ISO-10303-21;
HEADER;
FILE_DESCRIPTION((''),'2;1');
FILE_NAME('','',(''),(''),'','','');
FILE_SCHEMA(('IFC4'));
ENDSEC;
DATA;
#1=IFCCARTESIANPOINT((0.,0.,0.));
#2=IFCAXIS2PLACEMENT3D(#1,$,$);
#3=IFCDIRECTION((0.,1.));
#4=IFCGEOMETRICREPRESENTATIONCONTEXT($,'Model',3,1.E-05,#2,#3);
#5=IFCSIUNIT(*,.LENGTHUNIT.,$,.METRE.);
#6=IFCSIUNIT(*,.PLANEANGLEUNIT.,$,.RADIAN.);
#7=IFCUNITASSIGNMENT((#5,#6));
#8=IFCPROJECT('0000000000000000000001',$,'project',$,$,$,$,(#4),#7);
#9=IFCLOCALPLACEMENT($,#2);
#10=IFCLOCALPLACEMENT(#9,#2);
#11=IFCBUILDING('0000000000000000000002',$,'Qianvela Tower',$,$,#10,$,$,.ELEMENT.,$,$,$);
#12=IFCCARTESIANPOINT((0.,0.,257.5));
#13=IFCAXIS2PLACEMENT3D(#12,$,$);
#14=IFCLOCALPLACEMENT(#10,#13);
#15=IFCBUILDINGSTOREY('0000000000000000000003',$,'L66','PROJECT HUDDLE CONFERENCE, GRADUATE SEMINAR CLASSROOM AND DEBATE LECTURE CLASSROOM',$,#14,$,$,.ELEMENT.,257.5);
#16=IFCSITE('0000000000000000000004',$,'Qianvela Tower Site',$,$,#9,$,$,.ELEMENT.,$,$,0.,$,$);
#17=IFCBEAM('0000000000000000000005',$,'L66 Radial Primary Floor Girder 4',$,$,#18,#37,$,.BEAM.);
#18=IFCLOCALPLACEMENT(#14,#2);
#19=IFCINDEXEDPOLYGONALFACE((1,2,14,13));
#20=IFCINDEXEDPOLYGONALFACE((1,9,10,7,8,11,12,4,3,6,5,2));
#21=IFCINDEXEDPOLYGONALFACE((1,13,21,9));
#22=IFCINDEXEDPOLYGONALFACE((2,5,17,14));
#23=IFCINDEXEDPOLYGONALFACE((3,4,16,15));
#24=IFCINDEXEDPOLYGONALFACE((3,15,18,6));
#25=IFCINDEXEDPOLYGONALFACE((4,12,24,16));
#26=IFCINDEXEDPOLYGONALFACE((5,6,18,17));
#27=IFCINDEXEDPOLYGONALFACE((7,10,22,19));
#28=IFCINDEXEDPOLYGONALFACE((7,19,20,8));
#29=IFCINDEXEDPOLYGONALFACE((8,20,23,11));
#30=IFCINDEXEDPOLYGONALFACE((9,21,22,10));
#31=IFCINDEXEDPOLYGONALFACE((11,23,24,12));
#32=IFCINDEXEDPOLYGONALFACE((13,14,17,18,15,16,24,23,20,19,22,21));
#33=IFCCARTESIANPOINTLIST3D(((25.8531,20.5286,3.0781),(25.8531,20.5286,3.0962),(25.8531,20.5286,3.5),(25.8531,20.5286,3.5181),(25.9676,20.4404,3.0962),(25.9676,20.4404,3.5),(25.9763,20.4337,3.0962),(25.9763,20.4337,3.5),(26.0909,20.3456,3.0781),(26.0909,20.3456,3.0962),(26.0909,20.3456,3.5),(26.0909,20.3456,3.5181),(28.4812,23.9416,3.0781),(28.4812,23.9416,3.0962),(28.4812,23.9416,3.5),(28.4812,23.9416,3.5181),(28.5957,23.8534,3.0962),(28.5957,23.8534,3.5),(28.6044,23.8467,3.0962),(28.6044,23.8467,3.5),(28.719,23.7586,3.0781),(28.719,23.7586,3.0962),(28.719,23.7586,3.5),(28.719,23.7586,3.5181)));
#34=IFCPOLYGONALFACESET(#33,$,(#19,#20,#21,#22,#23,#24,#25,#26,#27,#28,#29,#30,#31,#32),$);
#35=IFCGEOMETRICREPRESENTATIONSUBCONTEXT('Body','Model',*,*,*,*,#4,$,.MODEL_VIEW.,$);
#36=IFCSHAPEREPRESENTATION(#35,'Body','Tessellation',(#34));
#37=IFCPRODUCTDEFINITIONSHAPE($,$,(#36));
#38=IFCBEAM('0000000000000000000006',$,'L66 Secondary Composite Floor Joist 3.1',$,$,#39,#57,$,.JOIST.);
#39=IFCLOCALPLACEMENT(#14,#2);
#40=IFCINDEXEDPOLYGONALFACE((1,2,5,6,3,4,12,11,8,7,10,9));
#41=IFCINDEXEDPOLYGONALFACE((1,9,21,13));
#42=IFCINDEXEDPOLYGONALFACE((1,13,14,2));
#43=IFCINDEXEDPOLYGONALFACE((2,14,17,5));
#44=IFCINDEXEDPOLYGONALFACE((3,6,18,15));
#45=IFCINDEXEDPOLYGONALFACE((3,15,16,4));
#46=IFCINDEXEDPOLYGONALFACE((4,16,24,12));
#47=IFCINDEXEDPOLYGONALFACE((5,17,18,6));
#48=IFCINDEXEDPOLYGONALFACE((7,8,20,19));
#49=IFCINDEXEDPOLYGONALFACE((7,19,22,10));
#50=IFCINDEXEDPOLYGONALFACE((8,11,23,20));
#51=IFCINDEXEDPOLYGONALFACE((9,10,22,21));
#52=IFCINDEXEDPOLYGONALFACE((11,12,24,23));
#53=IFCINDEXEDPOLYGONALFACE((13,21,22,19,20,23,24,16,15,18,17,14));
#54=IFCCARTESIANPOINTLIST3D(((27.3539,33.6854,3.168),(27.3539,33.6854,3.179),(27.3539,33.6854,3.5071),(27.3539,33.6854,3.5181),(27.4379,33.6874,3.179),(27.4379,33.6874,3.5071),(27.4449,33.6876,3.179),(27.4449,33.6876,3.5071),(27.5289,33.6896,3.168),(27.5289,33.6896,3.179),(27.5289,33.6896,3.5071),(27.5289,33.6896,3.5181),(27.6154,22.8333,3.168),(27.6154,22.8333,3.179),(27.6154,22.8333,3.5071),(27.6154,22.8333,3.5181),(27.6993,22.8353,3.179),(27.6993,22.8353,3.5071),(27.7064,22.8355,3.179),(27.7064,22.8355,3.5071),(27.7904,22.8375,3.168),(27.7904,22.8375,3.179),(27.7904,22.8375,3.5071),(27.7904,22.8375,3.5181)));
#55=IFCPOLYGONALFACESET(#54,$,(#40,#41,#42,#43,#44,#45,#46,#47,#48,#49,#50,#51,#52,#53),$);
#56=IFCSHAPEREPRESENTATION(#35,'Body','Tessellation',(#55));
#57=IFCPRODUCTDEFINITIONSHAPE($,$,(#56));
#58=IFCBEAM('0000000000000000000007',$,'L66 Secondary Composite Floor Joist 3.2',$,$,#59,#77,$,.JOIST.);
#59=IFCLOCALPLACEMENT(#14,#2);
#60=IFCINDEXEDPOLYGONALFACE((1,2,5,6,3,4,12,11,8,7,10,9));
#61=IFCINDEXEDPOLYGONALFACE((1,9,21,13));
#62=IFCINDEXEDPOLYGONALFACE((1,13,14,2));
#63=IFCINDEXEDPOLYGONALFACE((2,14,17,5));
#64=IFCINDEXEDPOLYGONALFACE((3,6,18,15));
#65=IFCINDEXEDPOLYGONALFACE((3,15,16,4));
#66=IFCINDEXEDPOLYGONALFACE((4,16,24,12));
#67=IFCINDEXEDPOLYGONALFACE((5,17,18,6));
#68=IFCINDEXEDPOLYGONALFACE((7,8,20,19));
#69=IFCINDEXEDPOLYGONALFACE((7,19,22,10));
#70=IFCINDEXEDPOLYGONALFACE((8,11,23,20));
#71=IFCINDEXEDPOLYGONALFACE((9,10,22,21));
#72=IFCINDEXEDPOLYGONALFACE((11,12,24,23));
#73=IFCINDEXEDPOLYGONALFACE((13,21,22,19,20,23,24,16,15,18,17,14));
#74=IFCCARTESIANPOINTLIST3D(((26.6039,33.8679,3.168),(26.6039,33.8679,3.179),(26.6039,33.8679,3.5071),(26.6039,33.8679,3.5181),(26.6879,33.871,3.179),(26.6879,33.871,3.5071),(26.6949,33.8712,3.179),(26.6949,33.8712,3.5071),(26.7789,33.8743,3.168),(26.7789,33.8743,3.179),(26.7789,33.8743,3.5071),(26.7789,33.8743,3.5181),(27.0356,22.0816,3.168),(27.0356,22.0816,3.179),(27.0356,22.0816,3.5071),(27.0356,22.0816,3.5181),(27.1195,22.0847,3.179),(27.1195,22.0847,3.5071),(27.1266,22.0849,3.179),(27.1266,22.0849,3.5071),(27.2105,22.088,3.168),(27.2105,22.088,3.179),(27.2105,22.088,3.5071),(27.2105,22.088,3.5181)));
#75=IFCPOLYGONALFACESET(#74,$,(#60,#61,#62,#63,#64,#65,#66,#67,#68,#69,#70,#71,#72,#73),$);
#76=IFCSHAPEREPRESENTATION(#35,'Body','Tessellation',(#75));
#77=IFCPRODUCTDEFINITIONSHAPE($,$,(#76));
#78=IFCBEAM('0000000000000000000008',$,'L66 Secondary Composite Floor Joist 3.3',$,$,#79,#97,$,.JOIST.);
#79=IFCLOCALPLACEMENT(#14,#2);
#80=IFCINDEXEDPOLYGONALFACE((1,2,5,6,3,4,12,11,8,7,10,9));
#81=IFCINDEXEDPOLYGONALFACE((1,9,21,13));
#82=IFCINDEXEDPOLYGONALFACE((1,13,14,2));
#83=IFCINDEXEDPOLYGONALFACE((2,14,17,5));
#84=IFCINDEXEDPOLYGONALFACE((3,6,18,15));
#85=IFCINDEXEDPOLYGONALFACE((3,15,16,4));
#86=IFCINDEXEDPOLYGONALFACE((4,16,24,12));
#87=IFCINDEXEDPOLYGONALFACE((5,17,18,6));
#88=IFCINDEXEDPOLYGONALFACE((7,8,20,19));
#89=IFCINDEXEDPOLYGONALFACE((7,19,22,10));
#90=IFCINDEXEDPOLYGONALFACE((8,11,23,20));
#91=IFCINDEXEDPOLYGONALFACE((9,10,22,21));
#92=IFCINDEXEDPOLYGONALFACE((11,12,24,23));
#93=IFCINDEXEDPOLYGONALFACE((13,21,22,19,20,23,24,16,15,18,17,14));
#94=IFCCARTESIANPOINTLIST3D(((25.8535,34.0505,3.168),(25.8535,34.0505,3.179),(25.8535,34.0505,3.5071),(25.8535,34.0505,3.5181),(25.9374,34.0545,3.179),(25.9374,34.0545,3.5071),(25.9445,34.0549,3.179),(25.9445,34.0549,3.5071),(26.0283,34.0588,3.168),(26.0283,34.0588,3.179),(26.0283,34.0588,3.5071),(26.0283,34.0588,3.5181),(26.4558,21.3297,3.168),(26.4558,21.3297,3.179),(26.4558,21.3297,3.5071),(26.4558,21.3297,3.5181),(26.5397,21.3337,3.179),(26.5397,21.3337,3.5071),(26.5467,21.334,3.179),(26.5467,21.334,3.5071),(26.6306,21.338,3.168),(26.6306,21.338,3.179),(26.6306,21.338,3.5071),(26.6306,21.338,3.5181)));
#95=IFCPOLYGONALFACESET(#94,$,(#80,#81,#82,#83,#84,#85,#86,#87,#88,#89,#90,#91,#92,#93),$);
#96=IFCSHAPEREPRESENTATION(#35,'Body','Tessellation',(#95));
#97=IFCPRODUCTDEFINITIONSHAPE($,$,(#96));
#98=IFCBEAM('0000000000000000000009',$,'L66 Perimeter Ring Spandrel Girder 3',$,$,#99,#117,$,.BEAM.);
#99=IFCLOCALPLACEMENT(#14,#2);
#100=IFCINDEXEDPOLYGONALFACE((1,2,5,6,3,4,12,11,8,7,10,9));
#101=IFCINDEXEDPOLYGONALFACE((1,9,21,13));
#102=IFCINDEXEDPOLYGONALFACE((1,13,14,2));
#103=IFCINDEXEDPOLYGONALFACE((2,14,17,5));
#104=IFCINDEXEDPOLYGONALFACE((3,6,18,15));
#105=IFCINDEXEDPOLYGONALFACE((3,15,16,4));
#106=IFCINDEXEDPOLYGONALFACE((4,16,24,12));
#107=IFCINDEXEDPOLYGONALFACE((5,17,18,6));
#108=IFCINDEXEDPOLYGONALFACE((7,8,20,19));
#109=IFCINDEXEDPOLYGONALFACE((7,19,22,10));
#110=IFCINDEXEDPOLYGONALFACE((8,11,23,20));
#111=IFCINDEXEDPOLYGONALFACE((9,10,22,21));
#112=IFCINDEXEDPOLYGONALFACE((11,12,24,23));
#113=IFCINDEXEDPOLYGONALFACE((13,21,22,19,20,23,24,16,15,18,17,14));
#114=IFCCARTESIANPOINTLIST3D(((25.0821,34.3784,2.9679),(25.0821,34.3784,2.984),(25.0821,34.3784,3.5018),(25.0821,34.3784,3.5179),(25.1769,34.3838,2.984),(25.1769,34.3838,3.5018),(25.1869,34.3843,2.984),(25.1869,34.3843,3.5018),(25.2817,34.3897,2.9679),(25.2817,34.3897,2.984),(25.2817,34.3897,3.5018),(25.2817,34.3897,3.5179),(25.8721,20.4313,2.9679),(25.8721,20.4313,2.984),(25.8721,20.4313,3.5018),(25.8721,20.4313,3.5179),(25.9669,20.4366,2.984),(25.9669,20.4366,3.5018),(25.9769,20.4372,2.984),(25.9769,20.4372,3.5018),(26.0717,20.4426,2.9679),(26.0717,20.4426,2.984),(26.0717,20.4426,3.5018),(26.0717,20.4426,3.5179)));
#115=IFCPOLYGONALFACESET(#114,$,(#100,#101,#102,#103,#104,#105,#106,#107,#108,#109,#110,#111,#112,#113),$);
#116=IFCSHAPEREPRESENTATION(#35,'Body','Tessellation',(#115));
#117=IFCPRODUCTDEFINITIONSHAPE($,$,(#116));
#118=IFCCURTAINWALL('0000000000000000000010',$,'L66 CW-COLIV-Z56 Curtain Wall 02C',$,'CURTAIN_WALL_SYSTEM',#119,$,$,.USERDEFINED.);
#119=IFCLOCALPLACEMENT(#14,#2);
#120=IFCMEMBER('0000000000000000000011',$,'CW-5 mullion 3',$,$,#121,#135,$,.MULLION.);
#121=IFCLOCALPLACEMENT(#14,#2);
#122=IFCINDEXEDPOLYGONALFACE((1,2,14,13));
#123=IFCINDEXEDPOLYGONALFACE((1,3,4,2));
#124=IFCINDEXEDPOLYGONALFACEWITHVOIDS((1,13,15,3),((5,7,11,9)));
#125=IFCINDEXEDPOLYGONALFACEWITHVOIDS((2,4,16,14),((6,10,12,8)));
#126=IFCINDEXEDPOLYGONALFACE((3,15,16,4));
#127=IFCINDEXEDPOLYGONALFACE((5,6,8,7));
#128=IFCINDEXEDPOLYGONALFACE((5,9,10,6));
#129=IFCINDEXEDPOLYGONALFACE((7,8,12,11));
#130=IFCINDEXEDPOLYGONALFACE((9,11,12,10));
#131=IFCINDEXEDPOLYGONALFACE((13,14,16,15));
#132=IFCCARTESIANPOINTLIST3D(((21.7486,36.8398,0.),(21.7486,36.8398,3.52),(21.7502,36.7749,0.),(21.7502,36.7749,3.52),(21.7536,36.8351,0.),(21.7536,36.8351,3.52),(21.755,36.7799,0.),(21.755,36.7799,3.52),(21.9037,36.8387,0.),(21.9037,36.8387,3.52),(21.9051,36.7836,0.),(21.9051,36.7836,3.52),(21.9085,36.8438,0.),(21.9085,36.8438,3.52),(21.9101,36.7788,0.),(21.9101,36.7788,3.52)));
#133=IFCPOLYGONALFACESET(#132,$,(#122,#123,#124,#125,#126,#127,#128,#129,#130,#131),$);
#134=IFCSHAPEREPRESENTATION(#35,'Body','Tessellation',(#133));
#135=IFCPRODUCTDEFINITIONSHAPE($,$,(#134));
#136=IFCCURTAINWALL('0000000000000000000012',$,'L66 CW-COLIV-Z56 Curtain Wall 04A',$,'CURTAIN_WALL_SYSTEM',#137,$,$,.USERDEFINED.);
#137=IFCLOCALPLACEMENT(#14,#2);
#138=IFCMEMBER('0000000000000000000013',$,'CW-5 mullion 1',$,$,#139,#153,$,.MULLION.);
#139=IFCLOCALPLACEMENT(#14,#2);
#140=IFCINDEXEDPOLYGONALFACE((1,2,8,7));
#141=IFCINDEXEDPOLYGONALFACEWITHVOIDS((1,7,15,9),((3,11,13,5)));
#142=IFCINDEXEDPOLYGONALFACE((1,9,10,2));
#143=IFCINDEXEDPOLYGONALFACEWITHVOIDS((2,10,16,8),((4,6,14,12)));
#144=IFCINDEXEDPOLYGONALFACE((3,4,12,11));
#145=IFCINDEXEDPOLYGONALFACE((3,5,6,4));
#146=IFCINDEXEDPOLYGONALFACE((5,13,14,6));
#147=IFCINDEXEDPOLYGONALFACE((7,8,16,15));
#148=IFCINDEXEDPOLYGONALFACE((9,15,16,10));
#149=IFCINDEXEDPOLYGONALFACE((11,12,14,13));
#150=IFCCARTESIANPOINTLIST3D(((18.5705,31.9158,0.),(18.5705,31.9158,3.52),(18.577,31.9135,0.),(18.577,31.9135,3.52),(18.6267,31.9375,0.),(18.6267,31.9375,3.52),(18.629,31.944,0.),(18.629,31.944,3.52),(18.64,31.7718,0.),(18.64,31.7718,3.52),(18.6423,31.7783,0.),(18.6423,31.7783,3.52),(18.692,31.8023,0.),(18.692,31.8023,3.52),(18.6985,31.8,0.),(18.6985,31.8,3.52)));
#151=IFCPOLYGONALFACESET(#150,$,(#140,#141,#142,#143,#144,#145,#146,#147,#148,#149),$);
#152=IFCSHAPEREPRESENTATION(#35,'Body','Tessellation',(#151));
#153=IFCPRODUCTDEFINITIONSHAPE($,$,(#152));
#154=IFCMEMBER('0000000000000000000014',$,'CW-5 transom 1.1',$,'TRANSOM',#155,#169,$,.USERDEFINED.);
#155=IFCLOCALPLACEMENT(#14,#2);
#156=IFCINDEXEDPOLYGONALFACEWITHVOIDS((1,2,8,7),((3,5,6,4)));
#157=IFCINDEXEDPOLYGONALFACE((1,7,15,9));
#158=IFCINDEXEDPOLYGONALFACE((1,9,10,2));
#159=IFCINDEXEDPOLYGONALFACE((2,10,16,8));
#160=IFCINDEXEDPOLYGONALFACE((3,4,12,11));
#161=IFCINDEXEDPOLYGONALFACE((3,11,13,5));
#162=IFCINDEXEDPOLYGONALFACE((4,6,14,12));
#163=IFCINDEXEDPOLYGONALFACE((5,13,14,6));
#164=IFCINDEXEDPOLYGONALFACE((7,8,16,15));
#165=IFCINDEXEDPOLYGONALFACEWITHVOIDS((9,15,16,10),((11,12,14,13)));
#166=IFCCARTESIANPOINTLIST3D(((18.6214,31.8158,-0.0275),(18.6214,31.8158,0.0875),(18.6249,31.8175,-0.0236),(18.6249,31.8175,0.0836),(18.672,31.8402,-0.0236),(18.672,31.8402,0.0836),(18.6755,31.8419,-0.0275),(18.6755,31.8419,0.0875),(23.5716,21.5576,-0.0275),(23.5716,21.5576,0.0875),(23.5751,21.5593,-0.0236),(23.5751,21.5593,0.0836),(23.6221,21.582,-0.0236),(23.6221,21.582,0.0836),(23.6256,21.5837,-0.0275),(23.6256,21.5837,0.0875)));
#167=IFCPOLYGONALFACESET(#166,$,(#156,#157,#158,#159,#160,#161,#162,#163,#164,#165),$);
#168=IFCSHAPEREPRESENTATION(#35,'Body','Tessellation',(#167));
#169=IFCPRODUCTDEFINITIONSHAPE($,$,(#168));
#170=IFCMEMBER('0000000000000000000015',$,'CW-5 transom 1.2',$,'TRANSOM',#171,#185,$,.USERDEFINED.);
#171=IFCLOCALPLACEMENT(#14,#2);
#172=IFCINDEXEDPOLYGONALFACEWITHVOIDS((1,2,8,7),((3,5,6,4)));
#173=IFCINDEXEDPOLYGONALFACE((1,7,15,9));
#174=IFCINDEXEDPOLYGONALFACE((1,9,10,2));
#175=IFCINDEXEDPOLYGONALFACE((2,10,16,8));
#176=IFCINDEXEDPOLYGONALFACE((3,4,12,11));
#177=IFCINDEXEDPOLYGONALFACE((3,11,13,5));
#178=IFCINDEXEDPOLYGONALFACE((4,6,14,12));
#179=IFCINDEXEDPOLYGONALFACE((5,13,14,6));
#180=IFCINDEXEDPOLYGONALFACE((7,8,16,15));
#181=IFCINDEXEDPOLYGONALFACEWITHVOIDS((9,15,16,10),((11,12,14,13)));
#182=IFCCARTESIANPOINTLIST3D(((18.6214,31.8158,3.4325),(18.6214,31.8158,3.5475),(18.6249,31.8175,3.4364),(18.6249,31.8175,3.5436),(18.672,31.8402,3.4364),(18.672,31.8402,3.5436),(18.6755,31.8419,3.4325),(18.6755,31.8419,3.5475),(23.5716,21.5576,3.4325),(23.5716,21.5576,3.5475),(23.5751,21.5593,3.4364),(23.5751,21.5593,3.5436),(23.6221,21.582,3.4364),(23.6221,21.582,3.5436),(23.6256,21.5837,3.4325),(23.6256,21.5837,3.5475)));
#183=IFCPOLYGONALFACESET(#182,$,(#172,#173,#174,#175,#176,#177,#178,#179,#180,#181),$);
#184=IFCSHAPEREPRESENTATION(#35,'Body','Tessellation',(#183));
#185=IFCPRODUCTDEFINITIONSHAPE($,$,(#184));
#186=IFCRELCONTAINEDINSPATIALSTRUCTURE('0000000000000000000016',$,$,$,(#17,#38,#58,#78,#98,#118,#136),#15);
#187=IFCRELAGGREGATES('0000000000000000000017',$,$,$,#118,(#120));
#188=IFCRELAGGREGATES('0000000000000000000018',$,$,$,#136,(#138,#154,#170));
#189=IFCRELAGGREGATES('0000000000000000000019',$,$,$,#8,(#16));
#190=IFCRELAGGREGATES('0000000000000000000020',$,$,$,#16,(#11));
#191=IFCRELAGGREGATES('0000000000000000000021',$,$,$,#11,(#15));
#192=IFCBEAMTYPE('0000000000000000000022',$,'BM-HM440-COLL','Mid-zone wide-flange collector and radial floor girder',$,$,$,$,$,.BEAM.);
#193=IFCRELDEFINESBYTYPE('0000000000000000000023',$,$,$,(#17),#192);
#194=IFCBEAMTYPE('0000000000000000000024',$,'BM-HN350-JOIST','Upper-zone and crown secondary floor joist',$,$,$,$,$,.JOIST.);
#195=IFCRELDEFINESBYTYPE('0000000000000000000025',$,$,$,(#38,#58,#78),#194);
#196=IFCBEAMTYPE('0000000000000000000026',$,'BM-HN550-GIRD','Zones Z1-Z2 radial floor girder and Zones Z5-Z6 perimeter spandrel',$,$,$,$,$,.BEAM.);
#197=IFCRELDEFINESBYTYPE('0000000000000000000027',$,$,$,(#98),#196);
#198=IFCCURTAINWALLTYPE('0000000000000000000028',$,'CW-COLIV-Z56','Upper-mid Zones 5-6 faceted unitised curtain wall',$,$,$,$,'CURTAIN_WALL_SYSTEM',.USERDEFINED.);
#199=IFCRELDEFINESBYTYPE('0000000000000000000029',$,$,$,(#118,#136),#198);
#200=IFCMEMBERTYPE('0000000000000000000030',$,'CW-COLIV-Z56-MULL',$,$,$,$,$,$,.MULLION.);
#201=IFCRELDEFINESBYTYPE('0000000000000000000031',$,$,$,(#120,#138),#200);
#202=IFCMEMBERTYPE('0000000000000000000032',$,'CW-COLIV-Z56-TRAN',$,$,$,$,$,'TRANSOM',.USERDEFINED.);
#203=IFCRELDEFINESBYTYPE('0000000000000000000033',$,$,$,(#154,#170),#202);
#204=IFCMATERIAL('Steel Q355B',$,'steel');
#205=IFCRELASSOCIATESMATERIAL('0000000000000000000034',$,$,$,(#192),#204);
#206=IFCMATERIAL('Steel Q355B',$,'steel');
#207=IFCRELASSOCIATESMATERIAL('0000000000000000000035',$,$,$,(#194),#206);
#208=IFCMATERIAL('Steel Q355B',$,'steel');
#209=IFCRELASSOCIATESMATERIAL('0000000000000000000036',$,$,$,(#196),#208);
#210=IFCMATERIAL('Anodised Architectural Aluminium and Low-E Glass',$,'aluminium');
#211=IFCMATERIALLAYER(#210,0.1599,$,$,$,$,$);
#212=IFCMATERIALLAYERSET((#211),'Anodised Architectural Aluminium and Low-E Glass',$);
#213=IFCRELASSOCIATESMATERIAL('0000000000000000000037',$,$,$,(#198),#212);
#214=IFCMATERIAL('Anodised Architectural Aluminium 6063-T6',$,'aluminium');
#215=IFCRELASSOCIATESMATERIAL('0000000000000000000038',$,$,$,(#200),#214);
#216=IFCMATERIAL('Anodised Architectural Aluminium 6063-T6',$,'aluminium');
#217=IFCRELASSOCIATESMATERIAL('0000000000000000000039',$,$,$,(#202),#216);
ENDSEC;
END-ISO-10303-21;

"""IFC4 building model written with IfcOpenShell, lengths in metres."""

from ifc_helpers import new_model, si_unit, direction, frame, origin, origin_2d, place, context, subcontext, project, spatial, hollow_rectangle, i_section, extrude, material, layer, layer_set, material_profile, profile_set, type_object, element, aggregate, save


model = new_model("IFC4")

# Units and contexts
model_context = context("Model", 3, precision=1e-05, world=origin(), true_north=direction((0.0, 1.0)))
body_context = subcontext(model_context, "Body", "Model", "MODEL_VIEW")
ifc_project = project(units=[si_unit("LENGTHUNIT", "METRE"), si_unit("PLANEANGLEUNIT", "RADIAN")], contexts=[model_context])

# Site, building, storey
site_placement = place(None, origin())
site = spatial("IfcSite", under=ifc_project, at=site_placement, Name="Qianvela Tower Site", CompositionType="ELEMENT", RefElevation=0.0)
building_placement = place(site_placement, origin())
building = spatial("IfcBuilding", under=site, at=building_placement, Name="Qianvela Tower", CompositionType="ELEMENT")
storey_placement = place(building_placement, frame((0.0, 0.0, 257.5)))
storey = spatial("IfcBuildingStorey", under=building, at=storey_placement, Name="L66", Description="PROJECT HUDDLE CONFERENCE, GRADUATE SEMINAR CLASSROOM AND DEBATE LECTURE CLASSROOM", CompositionType="ELEMENT", Elevation=257.5)

# Beams
ifc_material_1 = material(Name="Steel Q355B", Category="steel")
ifc_material_profile_1 = material_profile(ifc_material_1, i_section(OverallWidth=0.3, OverallDepth=0.4399, WebThickness=0.011, FlangeThickness=0.0181, at=origin_2d()), Name="HM440x300x11x18")
ifc_profile_set_1 = profile_set([ifc_material_profile_1], Name="Steel Q355B")
beam_type_1 = type_object("IfcBeamType", Name="BM-HM440-COLL", Description="Mid-zone wide-flange collector and radial floor girder", PredefinedType="BEAM", material=ifc_profile_set_1)
beam_1_placement = place(storey_placement, frame((28.6001, 23.8501, 3.2981), z_axis=(-0.610108, -0.792318, 0.0), x_axis=(0.792318, -0.610108, 0.0)))
element("IfcBeam", 1, at=beam_1_placement, inside=storey, type_object=beam_type_1, Name="L66 Radial Primary Floor Girder 4", PredefinedType="BEAM", context=body_context, shape_type="SweptSolid", body=[
    extrude(i_section(OverallWidth=0.3, OverallDepth=0.4399, WebThickness=0.011, FlangeThickness=0.0181, at=origin_2d()), origin(), (0.0, 0.0, 1.0), 4.3076),
])
ifc_material_2 = material(Name="Steel Q355B", Category="steel")
ifc_material_profile_2 = material_profile(ifc_material_2, i_section(OverallWidth=0.175, OverallDepth=0.3501, WebThickness=0.0071, FlangeThickness=0.011, at=origin_2d()), Name="HN350x175x7x11")
ifc_profile_set_2 = profile_set([ifc_material_profile_2], Name="Steel Q355B")
beam_type_2 = type_object("IfcBeamType", Name="BM-HN350-JOIST", Description="Upper-zone and crown secondary floor joist", PredefinedType="JOIST", material=ifc_profile_set_2)
beam_2_placement = place(storey_placement, frame((27.4414, 33.6875, 3.343), z_axis=(0.024087, -0.99971, 0.0), x_axis=(0.99971, 0.024087, 0.0)))
element("IfcBeam", 2, at=beam_2_placement, inside=storey, type_object=beam_type_2, Name="L66 Secondary Composite Floor Joist 3.1", PredefinedType="JOIST", context=body_context, shape_type="SweptSolid", body=[
    extrude(i_section(OverallWidth=0.175, OverallDepth=0.3501, WebThickness=0.0071, FlangeThickness=0.011, at=origin_2d()), origin(), (0.0, 0.0, 1.0), 10.8552),
])
beam_3_placement = place(storey_placement, frame((26.6914, 33.8711, 3.343), z_axis=(0.036597, -0.99933, 0.0), x_axis=(0.99933, 0.036597, 0.0)))
element("IfcBeam", 3, at=beam_3_placement, inside=storey, type_object=beam_type_2, Name="L66 Secondary Composite Floor Joist 3.2", PredefinedType="JOIST", context=body_context, shape_type="SweptSolid", body=[
    extrude(i_section(OverallWidth=0.175, OverallDepth=0.3501, WebThickness=0.0071, FlangeThickness=0.011, at=origin_2d()), origin(), (0.0, 0.0, 1.0), 11.7942),
])
beam_4_placement = place(storey_placement, frame((25.9409, 34.0547, 3.343), z_axis=(0.047294, -0.998881, 0.0), x_axis=(0.998881, 0.047294, 0.0)))
element("IfcBeam", 4, at=beam_4_placement, inside=storey, type_object=beam_type_2, Name="L66 Secondary Composite Floor Joist 3.3", PredefinedType="JOIST", context=body_context, shape_type="SweptSolid", body=[
    extrude(i_section(OverallWidth=0.175, OverallDepth=0.3501, WebThickness=0.0071, FlangeThickness=0.011, at=origin_2d()), origin(), (0.0, 0.0, 1.0), 12.7351),
])
ifc_material_3 = material(Name="Steel Q355B", Category="steel")
ifc_material_profile_3 = material_profile(ifc_material_3, i_section(OverallWidth=0.2, OverallDepth=0.55, WebThickness=0.01, FlangeThickness=0.0161, at=origin_2d()), Name="HN550x200x10x16")
ifc_profile_set_3 = profile_set([ifc_material_profile_3], Name="Steel Q355B")
beam_type_3 = type_object("IfcBeamType", Name="BM-HN550-GIRD", Description="Zones Z1-Z2 radial floor girder and Zones Z5-Z6 perimeter spandrel", PredefinedType="BEAM", material=ifc_profile_set_3)
beam_5_placement = place(storey_placement, frame((25.1819, 34.384, 3.2429), z_axis=(0.056555, -0.998399, 0.0), x_axis=(0.998399, 0.056555, 0.0)))
element("IfcBeam", 5, at=beam_5_placement, inside=storey, type_object=beam_type_3, Name="L66 Perimeter Ring Spandrel Girder 3", PredefinedType="BEAM", context=body_context, shape_type="SweptSolid", body=[
    extrude(i_section(OverallWidth=0.2, OverallDepth=0.55, WebThickness=0.01, FlangeThickness=0.0161, at=origin_2d()), origin(), (0.0, 0.0, 1.0), 13.9695),
])

# Curtain wall, member
ifc_material_4 = material(Name="Anodised Architectural Aluminium and Low-E Glass", Category="aluminium")
ifc_layer_1 = layer(ifc_material_4, 0.1599)
ifc_layer_set_1 = layer_set([ifc_layer_1], Name="Anodised Architectural Aluminium and Low-E Glass")
curtain_wall_type = type_object("IfcCurtainWallType", Name="CW-COLIV-Z56", Description="Upper-mid Zones 5-6 faceted unitised curtain wall", ElementType="CURTAIN_WALL_SYSTEM", PredefinedType="USERDEFINED", material=ifc_layer_set_1)
curtain_wall_1_placement = place(storey_placement, origin())
curtain_wall_1 = element("IfcCurtainWall", 6, at=curtain_wall_1_placement, inside=storey, type_object=curtain_wall_type, Name="L66 CW-COLIV-Z56 Curtain Wall 02C", ObjectType="CURTAIN_WALL_SYSTEM", PredefinedType="USERDEFINED")
ifc_material_5 = material(Name="Anodised Architectural Aluminium 6063-T6", Category="aluminium")
ifc_material_profile_4 = material_profile(ifc_material_5, hollow_rectangle(XDim=0.0649, YDim=0.1599, WallThickness=0.0049, at=origin_2d()), Name="ALU-MULL-65x160")
ifc_profile_set_4 = profile_set([ifc_material_profile_4], Name="Anodised Architectural Aluminium 6063-T6")
member_type_1 = type_object("IfcMemberType", Name="CW-COLIV-Z56-MULL", PredefinedType="MULLION", material=ifc_profile_set_4)
member_1_placement = place(storey_placement, frame((21.8293, 36.8093, 0.0), z_axis=(0.0, 0.0, 1.0), x_axis=(0.024558, -0.999698, 0.0)))
member_1 = element("IfcMember", 7, at=member_1_placement, type_object=member_type_1, Name="CW-5 mullion 3", PredefinedType="MULLION", context=body_context, shape_type="SweptSolid", body=[
    extrude(hollow_rectangle(XDim=0.0649, YDim=0.1599, WallThickness=0.0049, at=origin_2d()), origin(), (0.0, 0.0, 1.0), 3.52),
])

# Curtain wall, members
curtain_wall_2_placement = place(storey_placement, origin())
curtain_wall_2 = element("IfcCurtainWall", 8, at=curtain_wall_2_placement, inside=storey, type_object=curtain_wall_type, Name="L66 CW-COLIV-Z56 Curtain Wall 04A", ObjectType="CURTAIN_WALL_SYSTEM", PredefinedType="USERDEFINED")
member_2_placement = place(storey_placement, frame((18.6345, 31.8579, 0.0), z_axis=(0.0, 0.0, 1.0), x_axis=(0.90062, 0.434607, 0.0)))
member_2 = element("IfcMember", 9, at=member_2_placement, type_object=member_type_1, Name="CW-5 mullion 1", PredefinedType="MULLION", context=body_context, shape_type="SweptSolid", body=[
    extrude(hollow_rectangle(XDim=0.0649, YDim=0.1599, WallThickness=0.0049, at=origin_2d()), origin(), (0.0, 0.0, 1.0), 3.52),
])
ifc_material_6 = material(Name="Anodised Architectural Aluminium 6063-T6", Category="aluminium")
ifc_material_profile_5 = material_profile(ifc_material_6, hollow_rectangle(XDim=0.0601, YDim=0.115, WallThickness=0.0039, at=origin_2d()), Name="ALU-TRAN-60x115")
ifc_profile_set_5 = profile_set([ifc_material_profile_5], Name="Anodised Architectural Aluminium 6063-T6")
member_type_2 = type_object("IfcMemberType", Name="CW-COLIV-Z56-TRAN", ElementType="TRANSOM", PredefinedType="USERDEFINED", material=ifc_profile_set_5)
member_3_placement = place(storey_placement, frame((18.6484, 31.8289, 0.03), z_axis=(0.4346, -0.900623, 0.0), x_axis=(0.900623, 0.4346, 0.0)))
member_3 = element("IfcMember", 10, at=member_3_placement, type_object=member_type_2, Name="CW-5 transom 1.1", ObjectType="TRANSOM", PredefinedType="USERDEFINED", context=body_context, shape_type="SweptSolid", body=[
    extrude(hollow_rectangle(XDim=0.0601, YDim=0.115, WallThickness=0.0039, at=origin_2d()), origin(), (0.0, 0.0, 1.0), 11.3901),
])
member_4_placement = place(storey_placement, frame((18.6484, 31.8289, 3.49), z_axis=(0.4346, -0.900623, 0.0), x_axis=(0.900623, 0.4346, 0.0)))
member_4 = element("IfcMember", 11, at=member_4_placement, type_object=member_type_2, Name="CW-5 transom 1.2", ObjectType="TRANSOM", PredefinedType="USERDEFINED", context=body_context, shape_type="SweptSolid", body=[
    extrude(hollow_rectangle(XDim=0.0601, YDim=0.115, WallThickness=0.0039, at=origin_2d()), origin(), (0.0, 0.0, 1.0), 11.3901),
])

aggregate(curtain_wall_1, [member_1])
aggregate(curtain_wall_2, [member_2, member_3, member_4])

save(model, "model.ifc")
